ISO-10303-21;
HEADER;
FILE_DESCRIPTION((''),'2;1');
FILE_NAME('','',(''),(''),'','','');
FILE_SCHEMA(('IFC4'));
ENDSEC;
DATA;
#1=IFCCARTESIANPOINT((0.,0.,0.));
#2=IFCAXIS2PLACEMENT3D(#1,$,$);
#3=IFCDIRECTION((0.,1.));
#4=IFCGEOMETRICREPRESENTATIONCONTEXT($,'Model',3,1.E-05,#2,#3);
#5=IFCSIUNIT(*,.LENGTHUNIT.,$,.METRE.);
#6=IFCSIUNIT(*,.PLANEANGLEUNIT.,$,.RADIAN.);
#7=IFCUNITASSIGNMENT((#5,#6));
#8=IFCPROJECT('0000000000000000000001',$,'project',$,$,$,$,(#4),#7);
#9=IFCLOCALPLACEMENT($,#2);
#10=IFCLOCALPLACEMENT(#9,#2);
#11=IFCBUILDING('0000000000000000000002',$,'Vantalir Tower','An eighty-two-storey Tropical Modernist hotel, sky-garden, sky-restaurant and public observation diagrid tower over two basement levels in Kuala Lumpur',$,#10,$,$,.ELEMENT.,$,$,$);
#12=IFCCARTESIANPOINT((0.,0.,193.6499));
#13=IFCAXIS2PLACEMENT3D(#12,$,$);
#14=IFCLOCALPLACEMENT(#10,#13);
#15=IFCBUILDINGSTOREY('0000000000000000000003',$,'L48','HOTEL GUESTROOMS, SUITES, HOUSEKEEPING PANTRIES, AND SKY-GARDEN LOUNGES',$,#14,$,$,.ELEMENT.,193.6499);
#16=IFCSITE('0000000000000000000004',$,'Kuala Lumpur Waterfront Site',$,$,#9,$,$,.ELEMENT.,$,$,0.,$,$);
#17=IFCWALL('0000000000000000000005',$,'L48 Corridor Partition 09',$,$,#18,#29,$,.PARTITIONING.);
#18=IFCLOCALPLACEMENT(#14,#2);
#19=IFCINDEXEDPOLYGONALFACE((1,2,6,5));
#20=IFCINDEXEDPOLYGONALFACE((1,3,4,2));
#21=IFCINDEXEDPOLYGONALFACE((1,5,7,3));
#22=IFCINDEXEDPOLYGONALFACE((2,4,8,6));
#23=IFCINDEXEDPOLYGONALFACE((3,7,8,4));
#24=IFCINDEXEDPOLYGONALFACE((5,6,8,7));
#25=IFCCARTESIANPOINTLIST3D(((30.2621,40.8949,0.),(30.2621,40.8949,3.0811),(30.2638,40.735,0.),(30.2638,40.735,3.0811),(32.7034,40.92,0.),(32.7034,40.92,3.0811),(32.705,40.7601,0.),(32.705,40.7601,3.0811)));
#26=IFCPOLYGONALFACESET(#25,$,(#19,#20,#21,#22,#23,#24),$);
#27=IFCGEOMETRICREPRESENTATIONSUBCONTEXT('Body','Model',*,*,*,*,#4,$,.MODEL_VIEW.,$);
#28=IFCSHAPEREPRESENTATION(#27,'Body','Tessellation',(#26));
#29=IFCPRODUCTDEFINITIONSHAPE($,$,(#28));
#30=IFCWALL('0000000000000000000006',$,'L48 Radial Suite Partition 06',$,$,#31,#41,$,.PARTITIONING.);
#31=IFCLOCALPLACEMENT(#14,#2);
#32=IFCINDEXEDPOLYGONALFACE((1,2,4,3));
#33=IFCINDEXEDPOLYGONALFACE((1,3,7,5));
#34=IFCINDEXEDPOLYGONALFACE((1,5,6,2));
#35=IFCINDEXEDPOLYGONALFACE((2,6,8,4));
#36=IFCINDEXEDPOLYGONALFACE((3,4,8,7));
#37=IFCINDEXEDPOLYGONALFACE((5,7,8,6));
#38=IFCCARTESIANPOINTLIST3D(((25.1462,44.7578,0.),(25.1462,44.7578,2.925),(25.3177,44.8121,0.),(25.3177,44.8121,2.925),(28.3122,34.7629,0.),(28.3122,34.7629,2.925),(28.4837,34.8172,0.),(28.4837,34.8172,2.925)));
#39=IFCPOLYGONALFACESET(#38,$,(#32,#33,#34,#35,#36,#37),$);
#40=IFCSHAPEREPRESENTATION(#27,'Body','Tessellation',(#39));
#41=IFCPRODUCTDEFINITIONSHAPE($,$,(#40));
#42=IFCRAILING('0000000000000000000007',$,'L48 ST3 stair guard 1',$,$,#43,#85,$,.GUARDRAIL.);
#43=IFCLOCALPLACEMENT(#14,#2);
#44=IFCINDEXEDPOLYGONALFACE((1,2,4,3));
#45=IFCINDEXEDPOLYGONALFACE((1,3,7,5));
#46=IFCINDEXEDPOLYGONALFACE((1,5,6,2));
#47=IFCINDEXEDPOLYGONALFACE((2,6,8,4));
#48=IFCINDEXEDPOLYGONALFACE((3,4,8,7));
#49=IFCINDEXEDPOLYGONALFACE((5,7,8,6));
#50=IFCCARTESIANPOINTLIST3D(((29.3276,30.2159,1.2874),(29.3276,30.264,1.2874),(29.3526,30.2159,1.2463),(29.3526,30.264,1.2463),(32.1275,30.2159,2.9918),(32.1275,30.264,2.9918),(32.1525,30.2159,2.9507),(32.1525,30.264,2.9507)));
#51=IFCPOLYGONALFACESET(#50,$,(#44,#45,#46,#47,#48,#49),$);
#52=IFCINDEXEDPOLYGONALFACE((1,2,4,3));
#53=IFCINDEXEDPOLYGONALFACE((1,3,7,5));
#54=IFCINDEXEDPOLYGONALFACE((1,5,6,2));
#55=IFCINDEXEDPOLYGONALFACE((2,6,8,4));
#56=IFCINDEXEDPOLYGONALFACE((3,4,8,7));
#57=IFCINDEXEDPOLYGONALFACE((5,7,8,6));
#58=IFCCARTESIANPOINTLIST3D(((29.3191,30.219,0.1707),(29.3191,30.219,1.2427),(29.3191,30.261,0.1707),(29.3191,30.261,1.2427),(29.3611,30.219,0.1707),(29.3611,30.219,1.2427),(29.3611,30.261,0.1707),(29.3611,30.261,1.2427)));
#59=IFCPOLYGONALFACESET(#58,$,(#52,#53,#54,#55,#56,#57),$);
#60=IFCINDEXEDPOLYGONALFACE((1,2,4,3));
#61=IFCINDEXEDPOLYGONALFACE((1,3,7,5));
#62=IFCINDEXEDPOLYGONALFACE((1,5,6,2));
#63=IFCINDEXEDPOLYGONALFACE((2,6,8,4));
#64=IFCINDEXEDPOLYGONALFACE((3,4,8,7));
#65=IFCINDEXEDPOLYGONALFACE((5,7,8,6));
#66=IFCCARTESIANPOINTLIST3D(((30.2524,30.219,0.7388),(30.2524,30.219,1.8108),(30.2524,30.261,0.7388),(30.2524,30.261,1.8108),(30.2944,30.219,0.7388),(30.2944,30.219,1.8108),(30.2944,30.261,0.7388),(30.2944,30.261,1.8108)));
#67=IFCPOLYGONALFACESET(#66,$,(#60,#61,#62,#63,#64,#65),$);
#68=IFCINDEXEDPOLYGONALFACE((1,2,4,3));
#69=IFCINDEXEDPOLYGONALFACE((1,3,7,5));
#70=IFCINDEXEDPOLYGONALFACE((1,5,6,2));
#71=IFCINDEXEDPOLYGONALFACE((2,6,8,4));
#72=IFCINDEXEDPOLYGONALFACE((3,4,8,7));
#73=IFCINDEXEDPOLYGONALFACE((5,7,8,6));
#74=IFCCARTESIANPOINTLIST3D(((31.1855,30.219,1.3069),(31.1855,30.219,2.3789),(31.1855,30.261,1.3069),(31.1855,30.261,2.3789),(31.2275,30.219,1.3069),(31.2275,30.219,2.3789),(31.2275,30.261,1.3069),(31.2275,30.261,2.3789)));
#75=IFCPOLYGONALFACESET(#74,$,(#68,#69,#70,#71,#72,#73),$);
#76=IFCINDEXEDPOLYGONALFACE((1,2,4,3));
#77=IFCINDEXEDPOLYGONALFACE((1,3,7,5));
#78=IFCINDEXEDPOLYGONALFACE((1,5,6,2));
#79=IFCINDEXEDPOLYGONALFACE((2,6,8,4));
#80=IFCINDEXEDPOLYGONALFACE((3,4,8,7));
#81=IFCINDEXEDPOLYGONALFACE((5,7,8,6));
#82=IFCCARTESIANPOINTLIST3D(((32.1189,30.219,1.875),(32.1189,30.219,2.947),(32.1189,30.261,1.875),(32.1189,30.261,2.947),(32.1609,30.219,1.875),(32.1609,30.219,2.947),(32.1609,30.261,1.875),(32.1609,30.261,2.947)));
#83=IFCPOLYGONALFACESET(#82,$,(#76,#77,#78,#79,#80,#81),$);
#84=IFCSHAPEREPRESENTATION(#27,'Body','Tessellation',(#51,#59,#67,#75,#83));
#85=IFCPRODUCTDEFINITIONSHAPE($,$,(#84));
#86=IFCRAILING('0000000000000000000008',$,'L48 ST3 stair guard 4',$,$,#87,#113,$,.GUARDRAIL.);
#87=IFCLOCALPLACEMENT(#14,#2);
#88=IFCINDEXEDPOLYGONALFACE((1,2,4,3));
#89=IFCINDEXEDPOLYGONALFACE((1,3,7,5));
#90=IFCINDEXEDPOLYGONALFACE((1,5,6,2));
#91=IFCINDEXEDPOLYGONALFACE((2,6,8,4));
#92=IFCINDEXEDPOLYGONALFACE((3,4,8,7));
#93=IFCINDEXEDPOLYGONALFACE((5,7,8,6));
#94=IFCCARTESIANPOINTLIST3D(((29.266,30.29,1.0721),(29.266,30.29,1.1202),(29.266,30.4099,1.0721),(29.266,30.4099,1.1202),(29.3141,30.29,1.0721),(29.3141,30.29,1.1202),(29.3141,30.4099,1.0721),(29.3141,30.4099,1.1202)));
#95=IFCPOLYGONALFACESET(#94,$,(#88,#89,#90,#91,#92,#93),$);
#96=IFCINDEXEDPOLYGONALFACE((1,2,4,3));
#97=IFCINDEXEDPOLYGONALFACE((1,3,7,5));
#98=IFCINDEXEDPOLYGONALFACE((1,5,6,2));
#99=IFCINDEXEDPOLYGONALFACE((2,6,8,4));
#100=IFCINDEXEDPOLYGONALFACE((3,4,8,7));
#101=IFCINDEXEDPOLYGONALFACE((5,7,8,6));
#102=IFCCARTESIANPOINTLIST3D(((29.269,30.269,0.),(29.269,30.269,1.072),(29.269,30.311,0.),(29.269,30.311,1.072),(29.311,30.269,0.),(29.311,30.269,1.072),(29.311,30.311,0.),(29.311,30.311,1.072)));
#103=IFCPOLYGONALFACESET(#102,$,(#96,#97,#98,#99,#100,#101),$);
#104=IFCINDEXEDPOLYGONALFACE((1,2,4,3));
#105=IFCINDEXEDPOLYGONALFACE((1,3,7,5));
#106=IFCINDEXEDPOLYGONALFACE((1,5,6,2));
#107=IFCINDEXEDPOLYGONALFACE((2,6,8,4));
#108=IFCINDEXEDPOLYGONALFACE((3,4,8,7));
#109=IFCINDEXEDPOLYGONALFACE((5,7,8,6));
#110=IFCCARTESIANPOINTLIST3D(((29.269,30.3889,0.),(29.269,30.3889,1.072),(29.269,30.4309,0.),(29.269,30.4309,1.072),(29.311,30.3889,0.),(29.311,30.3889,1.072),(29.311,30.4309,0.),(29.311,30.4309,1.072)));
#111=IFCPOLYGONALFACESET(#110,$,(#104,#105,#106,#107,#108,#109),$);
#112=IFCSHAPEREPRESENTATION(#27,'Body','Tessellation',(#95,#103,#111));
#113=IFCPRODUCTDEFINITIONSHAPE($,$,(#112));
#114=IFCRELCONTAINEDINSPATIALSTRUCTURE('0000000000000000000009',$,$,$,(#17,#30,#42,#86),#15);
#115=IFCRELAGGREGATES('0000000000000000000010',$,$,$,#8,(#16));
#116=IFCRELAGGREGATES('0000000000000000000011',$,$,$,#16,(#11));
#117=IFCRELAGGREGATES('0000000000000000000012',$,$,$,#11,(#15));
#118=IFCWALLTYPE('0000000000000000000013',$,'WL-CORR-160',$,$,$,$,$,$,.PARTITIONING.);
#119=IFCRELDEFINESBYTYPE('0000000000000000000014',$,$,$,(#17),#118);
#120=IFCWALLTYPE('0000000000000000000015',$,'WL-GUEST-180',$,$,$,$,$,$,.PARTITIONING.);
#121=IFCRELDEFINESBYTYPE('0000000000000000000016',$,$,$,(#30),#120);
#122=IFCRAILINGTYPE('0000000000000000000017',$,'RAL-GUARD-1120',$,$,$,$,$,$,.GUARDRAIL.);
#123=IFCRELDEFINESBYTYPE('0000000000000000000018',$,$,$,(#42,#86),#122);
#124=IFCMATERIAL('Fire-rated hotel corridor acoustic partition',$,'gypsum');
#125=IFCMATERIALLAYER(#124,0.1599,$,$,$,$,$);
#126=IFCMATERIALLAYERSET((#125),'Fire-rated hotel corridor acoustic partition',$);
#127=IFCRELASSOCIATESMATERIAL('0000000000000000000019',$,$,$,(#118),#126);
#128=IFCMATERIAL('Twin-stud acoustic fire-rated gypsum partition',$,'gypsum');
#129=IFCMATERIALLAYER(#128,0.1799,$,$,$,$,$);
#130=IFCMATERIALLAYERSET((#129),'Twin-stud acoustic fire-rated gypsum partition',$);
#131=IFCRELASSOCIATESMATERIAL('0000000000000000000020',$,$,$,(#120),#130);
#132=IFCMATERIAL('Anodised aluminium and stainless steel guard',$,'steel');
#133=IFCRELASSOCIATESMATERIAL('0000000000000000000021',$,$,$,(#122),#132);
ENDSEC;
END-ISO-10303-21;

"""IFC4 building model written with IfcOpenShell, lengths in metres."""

from ifc_helpers import new_model, si_unit, direction, frame, frame_2d, origin, origin_2d, place, context, subcontext, project, spatial, rectangle, extrude, material, layer, layer_set, type_object, element, save


model = new_model("IFC4")

# Units and contexts
model_context = context("Model", 3, precision=1e-05, world=origin(), true_north=direction((0.0, 1.0)))
body_context = subcontext(model_context, "Body", "Model", "MODEL_VIEW")
ifc_project = project(units=[si_unit("LENGTHUNIT", "METRE"), si_unit("PLANEANGLEUNIT", "RADIAN")], contexts=[model_context])

# Site, building, storey
site_placement = place(None, origin())
site = spatial("IfcSite", under=ifc_project, at=site_placement, Name="Kuala Lumpur Waterfront Site", CompositionType="ELEMENT", RefElevation=0.0)
building_placement = place(site_placement, origin())
building = spatial("IfcBuilding", under=site, at=building_placement, Name="Vantalir Tower", Description="An eighty-two-storey Tropical Modernist hotel, sky-garden, sky-restaurant and public observation diagrid tower over two basement levels in Kuala Lumpur", CompositionType="ELEMENT")
storey_placement = place(building_placement, frame((0.0, 0.0, 193.6499)))
storey = spatial("IfcBuildingStorey", under=building, at=storey_placement, Name="L48", Description="HOTEL GUESTROOMS, SUITES, HOUSEKEEPING PANTRIES, AND SKY-GARDEN LOUNGES", CompositionType="ELEMENT", Elevation=193.6499)

# Walls
ifc_material_1 = material(Name="Fire-rated hotel corridor acoustic partition", Category="gypsum")
ifc_layer_1 = layer(ifc_material_1, 0.1599)
ifc_layer_set_1 = layer_set([ifc_layer_1], Name="Fire-rated hotel corridor acoustic partition")
wall_type_1 = type_object("IfcWallType", Name="WL-CORR-160", PredefinedType="PARTITIONING", material=ifc_layer_set_1)
wall_1_placement = place(storey_placement, frame((30.2629, 40.8149, 0.0), z_axis=(0.0, 0.0, 1.0), x_axis=(0.999947, 0.0103, 0.0)))
element("IfcWall", 1, at=wall_1_placement, inside=storey, type_object=wall_type_1, Name="L48 Corridor Partition 09", PredefinedType="PARTITIONING", context=body_context, shape_type="SweptSolid", body=[
    extrude(rectangle(XDim=2.4414, YDim=0.1599, at=frame_2d((1.2207, 0.0))), origin(), (0.0, 0.0, 1.0), 3.0811),
])
ifc_material_2 = material(Name="Twin-stud acoustic fire-rated gypsum partition", Category="gypsum")
ifc_layer_2 = layer(ifc_material_2, 0.1799)
ifc_layer_set_2 = layer_set([ifc_layer_2], Name="Twin-stud acoustic fire-rated gypsum partition")
wall_type_2 = type_object("IfcWallType", Name="WL-GUEST-180", PredefinedType="PARTITIONING", material=ifc_layer_set_2)
wall_2_placement = place(storey_placement, frame((28.3979, 34.79, 0.0), z_axis=(0.0, 0.0, 1.0), x_axis=(-0.301976, 0.953316, 0.0)))
element("IfcWall", 2, at=wall_2_placement, inside=storey, type_object=wall_type_2, Name="L48 Radial Suite Partition 06", PredefinedType="PARTITIONING", context=body_context, shape_type="SweptSolid", body=[
    extrude(rectangle(XDim=10.4844, YDim=0.1799, at=frame_2d((5.2422, 0.0))), origin(), (0.0, 0.0, 1.0), 2.925),
])

# Railings
ifc_material_3 = material(Name="Anodised aluminium and stainless steel guard", Category="steel")
railing_type = type_object("IfcRailingType", Name="RAL-GUARD-1120", PredefinedType="GUARDRAIL", material=ifc_material_3)
railing_1_placement = place(storey_placement, frame((29.3401, 30.24, 0.1707)))
element("IfcRailing", 3, at=railing_1_placement, inside=storey, type_object=railing_type, Name="L48 ST3 stair guard 1", PredefinedType="GUARDRAIL", context=body_context, shape_type="SweptSolid", body=[
    extrude(rectangle(XDim=0.0481, YDim=0.0481, at=origin_2d()), frame((0.0, 0.0, 1.0962), z_axis=(0.854183, 0.0, 0.519973), x_axis=(0.0, 1.0, 0.0)), (0.0, 0.0, 1.0), 3.2778),
    extrude(rectangle(XDim=0.042, YDim=0.042, at=origin_2d()), origin(), (0.0, 0.0, 1.0), 1.072),
    extrude(rectangle(XDim=0.042, YDim=0.042, at=origin_2d()), frame((0.9333, 0.0, 0.5681)), (0.0, 0.0, 1.0), 1.072),
    extrude(rectangle(XDim=0.042, YDim=0.042, at=origin_2d()), frame((1.8665, 0.0, 1.1362)), (0.0, 0.0, 1.0), 1.072),
    extrude(rectangle(XDim=0.042, YDim=0.042, at=origin_2d()), frame((2.7998, 0.0, 1.7043)), (0.0, 0.0, 1.0), 1.072),
])
railing_2_placement = place(storey_placement, frame((29.29, 30.29, 0.0)))
element("IfcRailing", 4, at=railing_2_placement, inside=storey, type_object=railing_type, Name="L48 ST3 stair guard 4", PredefinedType="GUARDRAIL", context=body_context, shape_type="SweptSolid", body=[
    extrude(rectangle(XDim=0.0481, YDim=0.0481, at=origin_2d()), frame((0.0, 0.0, 1.0962), z_axis=(0.0, 1.0, 0.0), x_axis=(-1.0, 0.0, 0.0)), (0.0, 0.0, 1.0), 0.1199),
    extrude(rectangle(XDim=0.042, YDim=0.042, at=origin_2d()), origin(), (0.0, 0.0, 1.0), 1.072),
    extrude(rectangle(XDim=0.042, YDim=0.042, at=origin_2d()), frame((0.0, 0.1199, 0.0)), (0.0, 0.0, 1.0), 1.072),
])

save(model, "model.ifc")
